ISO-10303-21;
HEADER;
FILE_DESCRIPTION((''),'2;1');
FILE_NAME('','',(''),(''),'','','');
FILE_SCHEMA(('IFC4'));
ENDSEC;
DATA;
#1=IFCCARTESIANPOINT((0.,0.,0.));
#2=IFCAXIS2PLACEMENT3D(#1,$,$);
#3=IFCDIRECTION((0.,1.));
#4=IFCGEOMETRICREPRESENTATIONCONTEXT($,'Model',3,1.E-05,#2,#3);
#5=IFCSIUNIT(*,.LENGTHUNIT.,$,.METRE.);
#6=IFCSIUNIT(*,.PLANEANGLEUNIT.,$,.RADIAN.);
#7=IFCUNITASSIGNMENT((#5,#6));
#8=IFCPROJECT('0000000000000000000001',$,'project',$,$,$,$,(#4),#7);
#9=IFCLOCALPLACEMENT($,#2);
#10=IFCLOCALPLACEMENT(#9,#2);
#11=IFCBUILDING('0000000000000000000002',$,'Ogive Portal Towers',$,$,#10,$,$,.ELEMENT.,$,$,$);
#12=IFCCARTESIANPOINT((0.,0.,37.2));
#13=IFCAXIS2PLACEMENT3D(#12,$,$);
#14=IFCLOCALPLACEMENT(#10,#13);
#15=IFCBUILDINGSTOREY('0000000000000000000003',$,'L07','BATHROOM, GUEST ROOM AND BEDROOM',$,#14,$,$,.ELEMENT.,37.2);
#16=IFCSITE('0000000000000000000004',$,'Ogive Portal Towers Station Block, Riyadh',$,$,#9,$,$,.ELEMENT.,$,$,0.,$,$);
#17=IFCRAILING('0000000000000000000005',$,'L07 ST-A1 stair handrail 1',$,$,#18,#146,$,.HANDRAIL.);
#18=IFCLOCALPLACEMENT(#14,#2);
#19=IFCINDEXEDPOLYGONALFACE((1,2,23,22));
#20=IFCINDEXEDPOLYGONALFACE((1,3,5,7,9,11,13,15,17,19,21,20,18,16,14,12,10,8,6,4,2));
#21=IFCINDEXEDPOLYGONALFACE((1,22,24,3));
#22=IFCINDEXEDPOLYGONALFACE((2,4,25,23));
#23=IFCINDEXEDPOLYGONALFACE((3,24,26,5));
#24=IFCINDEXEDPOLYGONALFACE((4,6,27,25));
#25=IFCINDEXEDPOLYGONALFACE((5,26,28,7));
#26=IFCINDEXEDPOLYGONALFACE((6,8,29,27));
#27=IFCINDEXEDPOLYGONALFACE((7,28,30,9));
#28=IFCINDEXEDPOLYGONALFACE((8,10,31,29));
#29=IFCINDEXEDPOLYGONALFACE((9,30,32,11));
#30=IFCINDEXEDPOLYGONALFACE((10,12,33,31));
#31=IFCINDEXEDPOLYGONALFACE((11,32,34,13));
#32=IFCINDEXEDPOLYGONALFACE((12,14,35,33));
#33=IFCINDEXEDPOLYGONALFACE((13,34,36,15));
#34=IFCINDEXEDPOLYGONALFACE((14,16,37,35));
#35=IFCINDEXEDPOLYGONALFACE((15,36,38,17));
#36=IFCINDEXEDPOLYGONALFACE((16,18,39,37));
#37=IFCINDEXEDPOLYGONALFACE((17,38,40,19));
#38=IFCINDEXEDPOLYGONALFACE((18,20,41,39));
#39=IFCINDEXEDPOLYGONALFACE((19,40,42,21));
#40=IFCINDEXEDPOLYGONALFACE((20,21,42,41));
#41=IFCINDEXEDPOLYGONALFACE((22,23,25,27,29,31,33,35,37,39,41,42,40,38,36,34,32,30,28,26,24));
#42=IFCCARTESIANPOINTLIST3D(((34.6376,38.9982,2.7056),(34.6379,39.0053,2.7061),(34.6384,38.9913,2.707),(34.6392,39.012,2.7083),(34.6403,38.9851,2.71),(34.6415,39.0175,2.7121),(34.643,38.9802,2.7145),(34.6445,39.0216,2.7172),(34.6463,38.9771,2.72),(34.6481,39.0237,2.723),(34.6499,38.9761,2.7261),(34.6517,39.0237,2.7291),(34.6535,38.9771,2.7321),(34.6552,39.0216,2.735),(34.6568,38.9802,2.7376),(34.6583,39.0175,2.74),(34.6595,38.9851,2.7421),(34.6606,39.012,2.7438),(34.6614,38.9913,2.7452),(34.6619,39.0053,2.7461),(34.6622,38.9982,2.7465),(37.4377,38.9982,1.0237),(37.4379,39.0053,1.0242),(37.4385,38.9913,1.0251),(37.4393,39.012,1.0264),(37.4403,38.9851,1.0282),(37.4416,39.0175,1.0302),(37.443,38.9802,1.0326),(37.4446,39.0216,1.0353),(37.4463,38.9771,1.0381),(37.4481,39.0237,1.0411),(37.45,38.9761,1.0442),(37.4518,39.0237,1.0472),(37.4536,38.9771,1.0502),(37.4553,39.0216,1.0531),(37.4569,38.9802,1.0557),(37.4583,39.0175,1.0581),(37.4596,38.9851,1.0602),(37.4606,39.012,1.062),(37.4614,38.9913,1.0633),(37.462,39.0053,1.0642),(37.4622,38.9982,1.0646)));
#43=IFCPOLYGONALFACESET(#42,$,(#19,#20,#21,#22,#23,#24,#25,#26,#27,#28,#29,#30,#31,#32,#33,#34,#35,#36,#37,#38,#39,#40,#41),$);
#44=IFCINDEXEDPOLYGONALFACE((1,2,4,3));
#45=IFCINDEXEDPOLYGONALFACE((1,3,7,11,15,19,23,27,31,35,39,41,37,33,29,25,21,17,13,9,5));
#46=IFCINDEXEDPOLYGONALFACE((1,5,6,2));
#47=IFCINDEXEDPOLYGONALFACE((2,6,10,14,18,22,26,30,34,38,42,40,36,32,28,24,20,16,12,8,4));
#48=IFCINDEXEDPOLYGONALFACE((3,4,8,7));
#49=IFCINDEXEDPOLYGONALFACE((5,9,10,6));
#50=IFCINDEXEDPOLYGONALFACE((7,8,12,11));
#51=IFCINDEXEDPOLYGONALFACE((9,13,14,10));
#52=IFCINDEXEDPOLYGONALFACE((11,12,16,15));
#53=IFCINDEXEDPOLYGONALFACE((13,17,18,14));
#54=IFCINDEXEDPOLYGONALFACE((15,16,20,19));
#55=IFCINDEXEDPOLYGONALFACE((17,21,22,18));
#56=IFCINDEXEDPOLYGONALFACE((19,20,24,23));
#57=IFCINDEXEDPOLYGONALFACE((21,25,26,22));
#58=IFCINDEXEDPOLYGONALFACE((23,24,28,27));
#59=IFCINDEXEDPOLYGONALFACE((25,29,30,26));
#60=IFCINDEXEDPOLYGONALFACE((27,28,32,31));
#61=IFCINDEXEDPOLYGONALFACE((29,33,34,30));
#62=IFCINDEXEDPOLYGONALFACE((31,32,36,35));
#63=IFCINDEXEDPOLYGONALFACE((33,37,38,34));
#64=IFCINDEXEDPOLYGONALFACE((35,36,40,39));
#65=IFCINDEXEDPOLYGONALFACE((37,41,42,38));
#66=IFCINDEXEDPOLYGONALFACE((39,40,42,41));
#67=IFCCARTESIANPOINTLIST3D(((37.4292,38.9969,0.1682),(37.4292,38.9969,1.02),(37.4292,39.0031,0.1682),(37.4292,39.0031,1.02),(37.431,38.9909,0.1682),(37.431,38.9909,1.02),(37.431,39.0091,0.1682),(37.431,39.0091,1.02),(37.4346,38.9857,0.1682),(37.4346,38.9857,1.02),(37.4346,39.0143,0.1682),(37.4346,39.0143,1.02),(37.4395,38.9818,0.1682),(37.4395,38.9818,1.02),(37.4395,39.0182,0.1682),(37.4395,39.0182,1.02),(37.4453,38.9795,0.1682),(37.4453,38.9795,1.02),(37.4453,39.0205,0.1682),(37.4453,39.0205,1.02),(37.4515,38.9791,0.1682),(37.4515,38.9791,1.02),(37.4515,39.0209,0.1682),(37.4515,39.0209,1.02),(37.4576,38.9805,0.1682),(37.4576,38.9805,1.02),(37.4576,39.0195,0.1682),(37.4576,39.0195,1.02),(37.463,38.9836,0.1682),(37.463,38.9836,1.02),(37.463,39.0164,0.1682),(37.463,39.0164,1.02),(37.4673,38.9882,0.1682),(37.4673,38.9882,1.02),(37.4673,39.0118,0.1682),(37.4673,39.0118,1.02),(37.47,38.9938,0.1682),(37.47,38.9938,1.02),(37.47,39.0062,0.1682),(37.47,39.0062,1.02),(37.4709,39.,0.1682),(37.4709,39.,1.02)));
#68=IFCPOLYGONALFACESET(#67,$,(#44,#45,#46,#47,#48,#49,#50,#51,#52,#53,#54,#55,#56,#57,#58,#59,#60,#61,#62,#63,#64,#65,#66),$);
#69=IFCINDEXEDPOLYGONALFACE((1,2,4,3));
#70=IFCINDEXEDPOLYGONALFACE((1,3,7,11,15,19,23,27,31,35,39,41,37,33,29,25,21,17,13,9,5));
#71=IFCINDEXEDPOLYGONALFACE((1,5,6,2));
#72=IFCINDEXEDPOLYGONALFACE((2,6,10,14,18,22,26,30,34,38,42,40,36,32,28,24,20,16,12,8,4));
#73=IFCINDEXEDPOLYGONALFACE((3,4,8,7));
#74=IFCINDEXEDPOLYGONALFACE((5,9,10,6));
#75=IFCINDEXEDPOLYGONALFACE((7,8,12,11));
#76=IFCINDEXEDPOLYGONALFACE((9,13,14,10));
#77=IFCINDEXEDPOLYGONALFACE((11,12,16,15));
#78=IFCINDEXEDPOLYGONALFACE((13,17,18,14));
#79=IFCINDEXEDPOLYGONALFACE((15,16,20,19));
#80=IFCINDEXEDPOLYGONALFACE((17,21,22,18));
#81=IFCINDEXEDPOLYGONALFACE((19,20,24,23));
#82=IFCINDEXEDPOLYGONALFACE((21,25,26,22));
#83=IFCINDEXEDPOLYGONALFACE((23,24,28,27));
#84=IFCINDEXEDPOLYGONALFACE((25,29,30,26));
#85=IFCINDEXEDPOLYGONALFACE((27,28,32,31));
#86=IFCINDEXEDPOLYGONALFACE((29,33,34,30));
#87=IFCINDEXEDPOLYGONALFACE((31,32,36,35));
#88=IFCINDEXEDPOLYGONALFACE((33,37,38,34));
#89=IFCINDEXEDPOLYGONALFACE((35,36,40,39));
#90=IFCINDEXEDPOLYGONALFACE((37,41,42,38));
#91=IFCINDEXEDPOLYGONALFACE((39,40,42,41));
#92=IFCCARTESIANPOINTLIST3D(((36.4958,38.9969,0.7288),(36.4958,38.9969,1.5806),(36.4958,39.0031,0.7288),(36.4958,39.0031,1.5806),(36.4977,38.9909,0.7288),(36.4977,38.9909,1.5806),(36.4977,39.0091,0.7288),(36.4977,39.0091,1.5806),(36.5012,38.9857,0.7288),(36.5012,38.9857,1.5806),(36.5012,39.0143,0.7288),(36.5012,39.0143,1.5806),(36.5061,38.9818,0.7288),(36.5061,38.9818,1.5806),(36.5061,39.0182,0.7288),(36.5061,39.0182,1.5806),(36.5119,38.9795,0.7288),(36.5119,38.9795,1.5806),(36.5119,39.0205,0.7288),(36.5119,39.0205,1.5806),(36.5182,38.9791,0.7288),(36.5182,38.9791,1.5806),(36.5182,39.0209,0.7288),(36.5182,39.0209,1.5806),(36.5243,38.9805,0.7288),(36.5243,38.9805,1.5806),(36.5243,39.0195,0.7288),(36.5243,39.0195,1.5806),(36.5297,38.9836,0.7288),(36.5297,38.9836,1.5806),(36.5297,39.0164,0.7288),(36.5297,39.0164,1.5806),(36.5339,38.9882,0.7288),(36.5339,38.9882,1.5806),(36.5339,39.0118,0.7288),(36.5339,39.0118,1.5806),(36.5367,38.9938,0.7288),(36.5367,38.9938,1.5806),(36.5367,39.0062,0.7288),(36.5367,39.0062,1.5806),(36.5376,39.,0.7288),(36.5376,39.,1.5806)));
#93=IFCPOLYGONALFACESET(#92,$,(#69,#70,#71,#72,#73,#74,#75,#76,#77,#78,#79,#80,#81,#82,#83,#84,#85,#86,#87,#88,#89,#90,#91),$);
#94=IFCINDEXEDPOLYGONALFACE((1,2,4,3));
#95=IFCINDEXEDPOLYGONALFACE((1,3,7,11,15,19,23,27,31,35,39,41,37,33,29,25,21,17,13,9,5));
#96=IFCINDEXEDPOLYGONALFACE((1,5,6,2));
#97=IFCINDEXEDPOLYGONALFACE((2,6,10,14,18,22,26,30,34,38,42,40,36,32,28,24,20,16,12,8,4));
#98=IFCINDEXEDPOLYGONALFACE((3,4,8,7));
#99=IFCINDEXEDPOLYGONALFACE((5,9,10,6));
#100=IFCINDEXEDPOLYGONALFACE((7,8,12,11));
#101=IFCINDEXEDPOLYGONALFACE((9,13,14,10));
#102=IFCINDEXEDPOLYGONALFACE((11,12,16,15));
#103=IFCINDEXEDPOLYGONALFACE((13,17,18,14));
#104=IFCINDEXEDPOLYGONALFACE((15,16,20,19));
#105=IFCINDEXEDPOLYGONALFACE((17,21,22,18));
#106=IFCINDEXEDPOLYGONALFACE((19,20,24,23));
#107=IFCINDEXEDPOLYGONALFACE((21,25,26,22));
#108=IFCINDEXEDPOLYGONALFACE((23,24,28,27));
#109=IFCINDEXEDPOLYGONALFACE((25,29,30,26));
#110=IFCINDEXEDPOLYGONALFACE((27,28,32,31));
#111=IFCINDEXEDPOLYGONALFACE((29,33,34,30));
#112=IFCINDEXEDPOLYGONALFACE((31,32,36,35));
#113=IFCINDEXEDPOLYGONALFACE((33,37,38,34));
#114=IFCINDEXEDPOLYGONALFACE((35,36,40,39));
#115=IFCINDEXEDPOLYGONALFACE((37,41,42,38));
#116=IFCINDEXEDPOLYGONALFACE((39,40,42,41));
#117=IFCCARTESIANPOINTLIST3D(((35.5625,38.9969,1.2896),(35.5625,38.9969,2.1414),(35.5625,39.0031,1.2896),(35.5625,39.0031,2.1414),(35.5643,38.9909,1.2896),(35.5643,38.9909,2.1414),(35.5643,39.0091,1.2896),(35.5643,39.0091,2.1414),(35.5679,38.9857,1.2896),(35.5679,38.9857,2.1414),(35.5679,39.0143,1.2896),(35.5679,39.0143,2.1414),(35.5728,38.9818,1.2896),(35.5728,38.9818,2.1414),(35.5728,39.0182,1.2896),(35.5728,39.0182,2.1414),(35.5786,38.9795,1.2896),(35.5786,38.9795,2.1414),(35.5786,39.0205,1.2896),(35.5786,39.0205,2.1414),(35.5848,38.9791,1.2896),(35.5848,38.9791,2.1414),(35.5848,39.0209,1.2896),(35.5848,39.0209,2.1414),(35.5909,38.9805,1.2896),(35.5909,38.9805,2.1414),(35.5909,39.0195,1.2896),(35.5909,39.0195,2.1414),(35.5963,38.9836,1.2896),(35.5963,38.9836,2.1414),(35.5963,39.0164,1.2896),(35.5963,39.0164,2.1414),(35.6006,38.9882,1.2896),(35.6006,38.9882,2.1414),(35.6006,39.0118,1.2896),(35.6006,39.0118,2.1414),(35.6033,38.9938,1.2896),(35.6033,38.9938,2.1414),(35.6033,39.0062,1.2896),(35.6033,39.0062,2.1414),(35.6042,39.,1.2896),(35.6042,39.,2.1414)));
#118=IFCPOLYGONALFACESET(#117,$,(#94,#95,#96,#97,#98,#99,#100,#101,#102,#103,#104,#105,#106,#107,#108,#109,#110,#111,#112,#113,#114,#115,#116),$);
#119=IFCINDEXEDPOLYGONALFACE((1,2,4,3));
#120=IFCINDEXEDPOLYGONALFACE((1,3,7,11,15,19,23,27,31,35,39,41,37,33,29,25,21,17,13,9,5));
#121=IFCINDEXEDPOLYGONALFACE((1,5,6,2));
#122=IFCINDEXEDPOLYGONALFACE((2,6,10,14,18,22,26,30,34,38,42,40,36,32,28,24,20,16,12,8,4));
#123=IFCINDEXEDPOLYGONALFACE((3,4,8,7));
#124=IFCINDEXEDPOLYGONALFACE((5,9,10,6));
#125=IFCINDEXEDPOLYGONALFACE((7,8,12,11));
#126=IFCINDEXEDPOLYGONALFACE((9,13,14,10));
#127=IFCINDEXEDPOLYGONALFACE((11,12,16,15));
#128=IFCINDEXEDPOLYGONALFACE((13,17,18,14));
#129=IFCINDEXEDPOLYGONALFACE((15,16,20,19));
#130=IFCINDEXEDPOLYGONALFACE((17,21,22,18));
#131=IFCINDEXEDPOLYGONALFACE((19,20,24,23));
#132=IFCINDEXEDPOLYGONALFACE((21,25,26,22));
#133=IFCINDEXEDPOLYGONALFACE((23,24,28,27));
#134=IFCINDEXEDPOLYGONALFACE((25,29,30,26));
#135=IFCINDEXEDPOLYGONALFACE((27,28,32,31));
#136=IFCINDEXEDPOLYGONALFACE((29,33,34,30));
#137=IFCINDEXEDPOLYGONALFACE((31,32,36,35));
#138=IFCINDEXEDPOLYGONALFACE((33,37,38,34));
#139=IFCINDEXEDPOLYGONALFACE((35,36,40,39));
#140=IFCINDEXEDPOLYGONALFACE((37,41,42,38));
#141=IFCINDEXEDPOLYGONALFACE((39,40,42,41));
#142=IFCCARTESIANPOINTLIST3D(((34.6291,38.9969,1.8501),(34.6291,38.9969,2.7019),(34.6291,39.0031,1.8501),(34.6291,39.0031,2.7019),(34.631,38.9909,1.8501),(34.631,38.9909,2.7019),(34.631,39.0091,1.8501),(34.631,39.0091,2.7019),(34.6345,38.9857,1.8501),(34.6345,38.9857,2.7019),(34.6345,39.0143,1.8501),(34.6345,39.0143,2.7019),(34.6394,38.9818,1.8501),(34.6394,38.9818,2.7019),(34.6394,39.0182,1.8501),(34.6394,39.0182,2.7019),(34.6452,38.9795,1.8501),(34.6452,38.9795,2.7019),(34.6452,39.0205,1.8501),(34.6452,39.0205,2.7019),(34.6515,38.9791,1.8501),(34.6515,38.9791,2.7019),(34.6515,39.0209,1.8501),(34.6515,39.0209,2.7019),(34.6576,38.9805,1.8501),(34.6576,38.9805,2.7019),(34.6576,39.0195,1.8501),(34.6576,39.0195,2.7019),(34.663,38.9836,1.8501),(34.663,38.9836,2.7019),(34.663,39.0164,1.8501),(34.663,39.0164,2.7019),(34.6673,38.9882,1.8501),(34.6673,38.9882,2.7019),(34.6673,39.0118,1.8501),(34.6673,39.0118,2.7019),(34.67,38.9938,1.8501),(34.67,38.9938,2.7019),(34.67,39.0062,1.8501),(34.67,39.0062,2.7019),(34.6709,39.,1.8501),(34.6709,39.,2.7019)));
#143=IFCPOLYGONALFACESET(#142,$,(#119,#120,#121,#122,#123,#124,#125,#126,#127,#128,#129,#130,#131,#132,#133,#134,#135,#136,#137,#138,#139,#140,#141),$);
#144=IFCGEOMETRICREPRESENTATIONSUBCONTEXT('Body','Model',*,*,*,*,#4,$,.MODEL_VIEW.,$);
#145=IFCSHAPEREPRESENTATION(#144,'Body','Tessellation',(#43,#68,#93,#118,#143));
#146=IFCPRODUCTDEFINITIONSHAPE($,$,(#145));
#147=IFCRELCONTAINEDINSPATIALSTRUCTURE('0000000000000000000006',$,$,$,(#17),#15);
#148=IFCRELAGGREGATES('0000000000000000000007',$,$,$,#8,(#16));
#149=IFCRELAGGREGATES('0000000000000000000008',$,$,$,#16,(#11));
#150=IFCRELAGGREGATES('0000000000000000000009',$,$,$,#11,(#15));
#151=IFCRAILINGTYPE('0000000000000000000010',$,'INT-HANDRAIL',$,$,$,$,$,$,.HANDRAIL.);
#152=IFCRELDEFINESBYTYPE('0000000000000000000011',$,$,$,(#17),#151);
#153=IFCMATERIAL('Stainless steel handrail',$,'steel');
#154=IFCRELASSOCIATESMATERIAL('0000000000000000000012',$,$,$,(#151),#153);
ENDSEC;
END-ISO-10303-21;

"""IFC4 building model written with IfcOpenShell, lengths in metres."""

from ifc_helpers import new_model, si_unit, direction, frame, origin, origin_2d, place, context, subcontext, project, spatial, circle, extrude, material, type_object, element, save


model = new_model("IFC4")

# Units and contexts
model_context = context("Model", 3, precision=1e-05, world=origin(), true_north=direction((0.0, 1.0)))
body_context = subcontext(model_context, "Body", "Model", "MODEL_VIEW")
ifc_project = project(units=[si_unit("LENGTHUNIT", "METRE"), si_unit("PLANEANGLEUNIT", "RADIAN")], contexts=[model_context])

# Site, building, storey
site_placement = place(None, origin())
site = spatial("IfcSite", under=ifc_project, at=site_placement, Name="Ogive Portal Towers Station Block, Riyadh", CompositionType="ELEMENT", RefElevation=0.0)
building_placement = place(site_placement, origin())
building = spatial("IfcBuilding", under=site, at=building_placement, Name="Ogive Portal Towers", CompositionType="ELEMENT")
storey_placement = place(building_placement, frame((0.0, 0.0, 37.2)))
storey = spatial("IfcBuildingStorey", under=building, at=storey_placement, Name="L07", Description="BATHROOM, GUEST ROOM AND BEDROOM", CompositionType="ELEMENT", Elevation=37.2)

# Railing
ifc_material_1 = material(Name="Stainless steel handrail", Category="steel")
railing_type_1 = type_object("IfcRailingType", Name="INT-HANDRAIL", PredefinedType="HANDRAIL", material=ifc_material_1)
railing_1_placement = place(storey_placement, frame((37.45, 39.0, 0.1682)))
element("IfcRailing", 1, at=railing_1_placement, inside=storey, type_object=railing_type_1, Name="L07 ST-A1 stair handrail 1", PredefinedType="HANDRAIL", context=body_context, shape_type="SweptSolid", body=[
    extrude(circle(Radius=0.0239, at=origin_2d()), frame((0.0, 0.0, 0.876), z_axis=(-0.857242, 0.0, 0.514913), x_axis=(0.0, -1.0, 0.0)), (0.0, 0.0, 1.0), 3.2664),
    extrude(circle(Radius=0.021, at=origin_2d()), origin(), (0.0, 0.0, 1.0), 0.8518),
    extrude(circle(Radius=0.021, at=origin_2d()), frame((-0.9333, 0.0, 0.5605)), (0.0, 0.0, 1.0), 0.8518),
    extrude(circle(Radius=0.021, at=origin_2d()), frame((-1.8667, 0.0, 1.1213)), (0.0, 0.0, 1.0), 0.8518),
    extrude(circle(Radius=0.021, at=origin_2d()), frame((-2.8, 0.0, 1.6819)), (0.0, 0.0, 1.0), 0.8518),
])

save(model, "model.ifc")
